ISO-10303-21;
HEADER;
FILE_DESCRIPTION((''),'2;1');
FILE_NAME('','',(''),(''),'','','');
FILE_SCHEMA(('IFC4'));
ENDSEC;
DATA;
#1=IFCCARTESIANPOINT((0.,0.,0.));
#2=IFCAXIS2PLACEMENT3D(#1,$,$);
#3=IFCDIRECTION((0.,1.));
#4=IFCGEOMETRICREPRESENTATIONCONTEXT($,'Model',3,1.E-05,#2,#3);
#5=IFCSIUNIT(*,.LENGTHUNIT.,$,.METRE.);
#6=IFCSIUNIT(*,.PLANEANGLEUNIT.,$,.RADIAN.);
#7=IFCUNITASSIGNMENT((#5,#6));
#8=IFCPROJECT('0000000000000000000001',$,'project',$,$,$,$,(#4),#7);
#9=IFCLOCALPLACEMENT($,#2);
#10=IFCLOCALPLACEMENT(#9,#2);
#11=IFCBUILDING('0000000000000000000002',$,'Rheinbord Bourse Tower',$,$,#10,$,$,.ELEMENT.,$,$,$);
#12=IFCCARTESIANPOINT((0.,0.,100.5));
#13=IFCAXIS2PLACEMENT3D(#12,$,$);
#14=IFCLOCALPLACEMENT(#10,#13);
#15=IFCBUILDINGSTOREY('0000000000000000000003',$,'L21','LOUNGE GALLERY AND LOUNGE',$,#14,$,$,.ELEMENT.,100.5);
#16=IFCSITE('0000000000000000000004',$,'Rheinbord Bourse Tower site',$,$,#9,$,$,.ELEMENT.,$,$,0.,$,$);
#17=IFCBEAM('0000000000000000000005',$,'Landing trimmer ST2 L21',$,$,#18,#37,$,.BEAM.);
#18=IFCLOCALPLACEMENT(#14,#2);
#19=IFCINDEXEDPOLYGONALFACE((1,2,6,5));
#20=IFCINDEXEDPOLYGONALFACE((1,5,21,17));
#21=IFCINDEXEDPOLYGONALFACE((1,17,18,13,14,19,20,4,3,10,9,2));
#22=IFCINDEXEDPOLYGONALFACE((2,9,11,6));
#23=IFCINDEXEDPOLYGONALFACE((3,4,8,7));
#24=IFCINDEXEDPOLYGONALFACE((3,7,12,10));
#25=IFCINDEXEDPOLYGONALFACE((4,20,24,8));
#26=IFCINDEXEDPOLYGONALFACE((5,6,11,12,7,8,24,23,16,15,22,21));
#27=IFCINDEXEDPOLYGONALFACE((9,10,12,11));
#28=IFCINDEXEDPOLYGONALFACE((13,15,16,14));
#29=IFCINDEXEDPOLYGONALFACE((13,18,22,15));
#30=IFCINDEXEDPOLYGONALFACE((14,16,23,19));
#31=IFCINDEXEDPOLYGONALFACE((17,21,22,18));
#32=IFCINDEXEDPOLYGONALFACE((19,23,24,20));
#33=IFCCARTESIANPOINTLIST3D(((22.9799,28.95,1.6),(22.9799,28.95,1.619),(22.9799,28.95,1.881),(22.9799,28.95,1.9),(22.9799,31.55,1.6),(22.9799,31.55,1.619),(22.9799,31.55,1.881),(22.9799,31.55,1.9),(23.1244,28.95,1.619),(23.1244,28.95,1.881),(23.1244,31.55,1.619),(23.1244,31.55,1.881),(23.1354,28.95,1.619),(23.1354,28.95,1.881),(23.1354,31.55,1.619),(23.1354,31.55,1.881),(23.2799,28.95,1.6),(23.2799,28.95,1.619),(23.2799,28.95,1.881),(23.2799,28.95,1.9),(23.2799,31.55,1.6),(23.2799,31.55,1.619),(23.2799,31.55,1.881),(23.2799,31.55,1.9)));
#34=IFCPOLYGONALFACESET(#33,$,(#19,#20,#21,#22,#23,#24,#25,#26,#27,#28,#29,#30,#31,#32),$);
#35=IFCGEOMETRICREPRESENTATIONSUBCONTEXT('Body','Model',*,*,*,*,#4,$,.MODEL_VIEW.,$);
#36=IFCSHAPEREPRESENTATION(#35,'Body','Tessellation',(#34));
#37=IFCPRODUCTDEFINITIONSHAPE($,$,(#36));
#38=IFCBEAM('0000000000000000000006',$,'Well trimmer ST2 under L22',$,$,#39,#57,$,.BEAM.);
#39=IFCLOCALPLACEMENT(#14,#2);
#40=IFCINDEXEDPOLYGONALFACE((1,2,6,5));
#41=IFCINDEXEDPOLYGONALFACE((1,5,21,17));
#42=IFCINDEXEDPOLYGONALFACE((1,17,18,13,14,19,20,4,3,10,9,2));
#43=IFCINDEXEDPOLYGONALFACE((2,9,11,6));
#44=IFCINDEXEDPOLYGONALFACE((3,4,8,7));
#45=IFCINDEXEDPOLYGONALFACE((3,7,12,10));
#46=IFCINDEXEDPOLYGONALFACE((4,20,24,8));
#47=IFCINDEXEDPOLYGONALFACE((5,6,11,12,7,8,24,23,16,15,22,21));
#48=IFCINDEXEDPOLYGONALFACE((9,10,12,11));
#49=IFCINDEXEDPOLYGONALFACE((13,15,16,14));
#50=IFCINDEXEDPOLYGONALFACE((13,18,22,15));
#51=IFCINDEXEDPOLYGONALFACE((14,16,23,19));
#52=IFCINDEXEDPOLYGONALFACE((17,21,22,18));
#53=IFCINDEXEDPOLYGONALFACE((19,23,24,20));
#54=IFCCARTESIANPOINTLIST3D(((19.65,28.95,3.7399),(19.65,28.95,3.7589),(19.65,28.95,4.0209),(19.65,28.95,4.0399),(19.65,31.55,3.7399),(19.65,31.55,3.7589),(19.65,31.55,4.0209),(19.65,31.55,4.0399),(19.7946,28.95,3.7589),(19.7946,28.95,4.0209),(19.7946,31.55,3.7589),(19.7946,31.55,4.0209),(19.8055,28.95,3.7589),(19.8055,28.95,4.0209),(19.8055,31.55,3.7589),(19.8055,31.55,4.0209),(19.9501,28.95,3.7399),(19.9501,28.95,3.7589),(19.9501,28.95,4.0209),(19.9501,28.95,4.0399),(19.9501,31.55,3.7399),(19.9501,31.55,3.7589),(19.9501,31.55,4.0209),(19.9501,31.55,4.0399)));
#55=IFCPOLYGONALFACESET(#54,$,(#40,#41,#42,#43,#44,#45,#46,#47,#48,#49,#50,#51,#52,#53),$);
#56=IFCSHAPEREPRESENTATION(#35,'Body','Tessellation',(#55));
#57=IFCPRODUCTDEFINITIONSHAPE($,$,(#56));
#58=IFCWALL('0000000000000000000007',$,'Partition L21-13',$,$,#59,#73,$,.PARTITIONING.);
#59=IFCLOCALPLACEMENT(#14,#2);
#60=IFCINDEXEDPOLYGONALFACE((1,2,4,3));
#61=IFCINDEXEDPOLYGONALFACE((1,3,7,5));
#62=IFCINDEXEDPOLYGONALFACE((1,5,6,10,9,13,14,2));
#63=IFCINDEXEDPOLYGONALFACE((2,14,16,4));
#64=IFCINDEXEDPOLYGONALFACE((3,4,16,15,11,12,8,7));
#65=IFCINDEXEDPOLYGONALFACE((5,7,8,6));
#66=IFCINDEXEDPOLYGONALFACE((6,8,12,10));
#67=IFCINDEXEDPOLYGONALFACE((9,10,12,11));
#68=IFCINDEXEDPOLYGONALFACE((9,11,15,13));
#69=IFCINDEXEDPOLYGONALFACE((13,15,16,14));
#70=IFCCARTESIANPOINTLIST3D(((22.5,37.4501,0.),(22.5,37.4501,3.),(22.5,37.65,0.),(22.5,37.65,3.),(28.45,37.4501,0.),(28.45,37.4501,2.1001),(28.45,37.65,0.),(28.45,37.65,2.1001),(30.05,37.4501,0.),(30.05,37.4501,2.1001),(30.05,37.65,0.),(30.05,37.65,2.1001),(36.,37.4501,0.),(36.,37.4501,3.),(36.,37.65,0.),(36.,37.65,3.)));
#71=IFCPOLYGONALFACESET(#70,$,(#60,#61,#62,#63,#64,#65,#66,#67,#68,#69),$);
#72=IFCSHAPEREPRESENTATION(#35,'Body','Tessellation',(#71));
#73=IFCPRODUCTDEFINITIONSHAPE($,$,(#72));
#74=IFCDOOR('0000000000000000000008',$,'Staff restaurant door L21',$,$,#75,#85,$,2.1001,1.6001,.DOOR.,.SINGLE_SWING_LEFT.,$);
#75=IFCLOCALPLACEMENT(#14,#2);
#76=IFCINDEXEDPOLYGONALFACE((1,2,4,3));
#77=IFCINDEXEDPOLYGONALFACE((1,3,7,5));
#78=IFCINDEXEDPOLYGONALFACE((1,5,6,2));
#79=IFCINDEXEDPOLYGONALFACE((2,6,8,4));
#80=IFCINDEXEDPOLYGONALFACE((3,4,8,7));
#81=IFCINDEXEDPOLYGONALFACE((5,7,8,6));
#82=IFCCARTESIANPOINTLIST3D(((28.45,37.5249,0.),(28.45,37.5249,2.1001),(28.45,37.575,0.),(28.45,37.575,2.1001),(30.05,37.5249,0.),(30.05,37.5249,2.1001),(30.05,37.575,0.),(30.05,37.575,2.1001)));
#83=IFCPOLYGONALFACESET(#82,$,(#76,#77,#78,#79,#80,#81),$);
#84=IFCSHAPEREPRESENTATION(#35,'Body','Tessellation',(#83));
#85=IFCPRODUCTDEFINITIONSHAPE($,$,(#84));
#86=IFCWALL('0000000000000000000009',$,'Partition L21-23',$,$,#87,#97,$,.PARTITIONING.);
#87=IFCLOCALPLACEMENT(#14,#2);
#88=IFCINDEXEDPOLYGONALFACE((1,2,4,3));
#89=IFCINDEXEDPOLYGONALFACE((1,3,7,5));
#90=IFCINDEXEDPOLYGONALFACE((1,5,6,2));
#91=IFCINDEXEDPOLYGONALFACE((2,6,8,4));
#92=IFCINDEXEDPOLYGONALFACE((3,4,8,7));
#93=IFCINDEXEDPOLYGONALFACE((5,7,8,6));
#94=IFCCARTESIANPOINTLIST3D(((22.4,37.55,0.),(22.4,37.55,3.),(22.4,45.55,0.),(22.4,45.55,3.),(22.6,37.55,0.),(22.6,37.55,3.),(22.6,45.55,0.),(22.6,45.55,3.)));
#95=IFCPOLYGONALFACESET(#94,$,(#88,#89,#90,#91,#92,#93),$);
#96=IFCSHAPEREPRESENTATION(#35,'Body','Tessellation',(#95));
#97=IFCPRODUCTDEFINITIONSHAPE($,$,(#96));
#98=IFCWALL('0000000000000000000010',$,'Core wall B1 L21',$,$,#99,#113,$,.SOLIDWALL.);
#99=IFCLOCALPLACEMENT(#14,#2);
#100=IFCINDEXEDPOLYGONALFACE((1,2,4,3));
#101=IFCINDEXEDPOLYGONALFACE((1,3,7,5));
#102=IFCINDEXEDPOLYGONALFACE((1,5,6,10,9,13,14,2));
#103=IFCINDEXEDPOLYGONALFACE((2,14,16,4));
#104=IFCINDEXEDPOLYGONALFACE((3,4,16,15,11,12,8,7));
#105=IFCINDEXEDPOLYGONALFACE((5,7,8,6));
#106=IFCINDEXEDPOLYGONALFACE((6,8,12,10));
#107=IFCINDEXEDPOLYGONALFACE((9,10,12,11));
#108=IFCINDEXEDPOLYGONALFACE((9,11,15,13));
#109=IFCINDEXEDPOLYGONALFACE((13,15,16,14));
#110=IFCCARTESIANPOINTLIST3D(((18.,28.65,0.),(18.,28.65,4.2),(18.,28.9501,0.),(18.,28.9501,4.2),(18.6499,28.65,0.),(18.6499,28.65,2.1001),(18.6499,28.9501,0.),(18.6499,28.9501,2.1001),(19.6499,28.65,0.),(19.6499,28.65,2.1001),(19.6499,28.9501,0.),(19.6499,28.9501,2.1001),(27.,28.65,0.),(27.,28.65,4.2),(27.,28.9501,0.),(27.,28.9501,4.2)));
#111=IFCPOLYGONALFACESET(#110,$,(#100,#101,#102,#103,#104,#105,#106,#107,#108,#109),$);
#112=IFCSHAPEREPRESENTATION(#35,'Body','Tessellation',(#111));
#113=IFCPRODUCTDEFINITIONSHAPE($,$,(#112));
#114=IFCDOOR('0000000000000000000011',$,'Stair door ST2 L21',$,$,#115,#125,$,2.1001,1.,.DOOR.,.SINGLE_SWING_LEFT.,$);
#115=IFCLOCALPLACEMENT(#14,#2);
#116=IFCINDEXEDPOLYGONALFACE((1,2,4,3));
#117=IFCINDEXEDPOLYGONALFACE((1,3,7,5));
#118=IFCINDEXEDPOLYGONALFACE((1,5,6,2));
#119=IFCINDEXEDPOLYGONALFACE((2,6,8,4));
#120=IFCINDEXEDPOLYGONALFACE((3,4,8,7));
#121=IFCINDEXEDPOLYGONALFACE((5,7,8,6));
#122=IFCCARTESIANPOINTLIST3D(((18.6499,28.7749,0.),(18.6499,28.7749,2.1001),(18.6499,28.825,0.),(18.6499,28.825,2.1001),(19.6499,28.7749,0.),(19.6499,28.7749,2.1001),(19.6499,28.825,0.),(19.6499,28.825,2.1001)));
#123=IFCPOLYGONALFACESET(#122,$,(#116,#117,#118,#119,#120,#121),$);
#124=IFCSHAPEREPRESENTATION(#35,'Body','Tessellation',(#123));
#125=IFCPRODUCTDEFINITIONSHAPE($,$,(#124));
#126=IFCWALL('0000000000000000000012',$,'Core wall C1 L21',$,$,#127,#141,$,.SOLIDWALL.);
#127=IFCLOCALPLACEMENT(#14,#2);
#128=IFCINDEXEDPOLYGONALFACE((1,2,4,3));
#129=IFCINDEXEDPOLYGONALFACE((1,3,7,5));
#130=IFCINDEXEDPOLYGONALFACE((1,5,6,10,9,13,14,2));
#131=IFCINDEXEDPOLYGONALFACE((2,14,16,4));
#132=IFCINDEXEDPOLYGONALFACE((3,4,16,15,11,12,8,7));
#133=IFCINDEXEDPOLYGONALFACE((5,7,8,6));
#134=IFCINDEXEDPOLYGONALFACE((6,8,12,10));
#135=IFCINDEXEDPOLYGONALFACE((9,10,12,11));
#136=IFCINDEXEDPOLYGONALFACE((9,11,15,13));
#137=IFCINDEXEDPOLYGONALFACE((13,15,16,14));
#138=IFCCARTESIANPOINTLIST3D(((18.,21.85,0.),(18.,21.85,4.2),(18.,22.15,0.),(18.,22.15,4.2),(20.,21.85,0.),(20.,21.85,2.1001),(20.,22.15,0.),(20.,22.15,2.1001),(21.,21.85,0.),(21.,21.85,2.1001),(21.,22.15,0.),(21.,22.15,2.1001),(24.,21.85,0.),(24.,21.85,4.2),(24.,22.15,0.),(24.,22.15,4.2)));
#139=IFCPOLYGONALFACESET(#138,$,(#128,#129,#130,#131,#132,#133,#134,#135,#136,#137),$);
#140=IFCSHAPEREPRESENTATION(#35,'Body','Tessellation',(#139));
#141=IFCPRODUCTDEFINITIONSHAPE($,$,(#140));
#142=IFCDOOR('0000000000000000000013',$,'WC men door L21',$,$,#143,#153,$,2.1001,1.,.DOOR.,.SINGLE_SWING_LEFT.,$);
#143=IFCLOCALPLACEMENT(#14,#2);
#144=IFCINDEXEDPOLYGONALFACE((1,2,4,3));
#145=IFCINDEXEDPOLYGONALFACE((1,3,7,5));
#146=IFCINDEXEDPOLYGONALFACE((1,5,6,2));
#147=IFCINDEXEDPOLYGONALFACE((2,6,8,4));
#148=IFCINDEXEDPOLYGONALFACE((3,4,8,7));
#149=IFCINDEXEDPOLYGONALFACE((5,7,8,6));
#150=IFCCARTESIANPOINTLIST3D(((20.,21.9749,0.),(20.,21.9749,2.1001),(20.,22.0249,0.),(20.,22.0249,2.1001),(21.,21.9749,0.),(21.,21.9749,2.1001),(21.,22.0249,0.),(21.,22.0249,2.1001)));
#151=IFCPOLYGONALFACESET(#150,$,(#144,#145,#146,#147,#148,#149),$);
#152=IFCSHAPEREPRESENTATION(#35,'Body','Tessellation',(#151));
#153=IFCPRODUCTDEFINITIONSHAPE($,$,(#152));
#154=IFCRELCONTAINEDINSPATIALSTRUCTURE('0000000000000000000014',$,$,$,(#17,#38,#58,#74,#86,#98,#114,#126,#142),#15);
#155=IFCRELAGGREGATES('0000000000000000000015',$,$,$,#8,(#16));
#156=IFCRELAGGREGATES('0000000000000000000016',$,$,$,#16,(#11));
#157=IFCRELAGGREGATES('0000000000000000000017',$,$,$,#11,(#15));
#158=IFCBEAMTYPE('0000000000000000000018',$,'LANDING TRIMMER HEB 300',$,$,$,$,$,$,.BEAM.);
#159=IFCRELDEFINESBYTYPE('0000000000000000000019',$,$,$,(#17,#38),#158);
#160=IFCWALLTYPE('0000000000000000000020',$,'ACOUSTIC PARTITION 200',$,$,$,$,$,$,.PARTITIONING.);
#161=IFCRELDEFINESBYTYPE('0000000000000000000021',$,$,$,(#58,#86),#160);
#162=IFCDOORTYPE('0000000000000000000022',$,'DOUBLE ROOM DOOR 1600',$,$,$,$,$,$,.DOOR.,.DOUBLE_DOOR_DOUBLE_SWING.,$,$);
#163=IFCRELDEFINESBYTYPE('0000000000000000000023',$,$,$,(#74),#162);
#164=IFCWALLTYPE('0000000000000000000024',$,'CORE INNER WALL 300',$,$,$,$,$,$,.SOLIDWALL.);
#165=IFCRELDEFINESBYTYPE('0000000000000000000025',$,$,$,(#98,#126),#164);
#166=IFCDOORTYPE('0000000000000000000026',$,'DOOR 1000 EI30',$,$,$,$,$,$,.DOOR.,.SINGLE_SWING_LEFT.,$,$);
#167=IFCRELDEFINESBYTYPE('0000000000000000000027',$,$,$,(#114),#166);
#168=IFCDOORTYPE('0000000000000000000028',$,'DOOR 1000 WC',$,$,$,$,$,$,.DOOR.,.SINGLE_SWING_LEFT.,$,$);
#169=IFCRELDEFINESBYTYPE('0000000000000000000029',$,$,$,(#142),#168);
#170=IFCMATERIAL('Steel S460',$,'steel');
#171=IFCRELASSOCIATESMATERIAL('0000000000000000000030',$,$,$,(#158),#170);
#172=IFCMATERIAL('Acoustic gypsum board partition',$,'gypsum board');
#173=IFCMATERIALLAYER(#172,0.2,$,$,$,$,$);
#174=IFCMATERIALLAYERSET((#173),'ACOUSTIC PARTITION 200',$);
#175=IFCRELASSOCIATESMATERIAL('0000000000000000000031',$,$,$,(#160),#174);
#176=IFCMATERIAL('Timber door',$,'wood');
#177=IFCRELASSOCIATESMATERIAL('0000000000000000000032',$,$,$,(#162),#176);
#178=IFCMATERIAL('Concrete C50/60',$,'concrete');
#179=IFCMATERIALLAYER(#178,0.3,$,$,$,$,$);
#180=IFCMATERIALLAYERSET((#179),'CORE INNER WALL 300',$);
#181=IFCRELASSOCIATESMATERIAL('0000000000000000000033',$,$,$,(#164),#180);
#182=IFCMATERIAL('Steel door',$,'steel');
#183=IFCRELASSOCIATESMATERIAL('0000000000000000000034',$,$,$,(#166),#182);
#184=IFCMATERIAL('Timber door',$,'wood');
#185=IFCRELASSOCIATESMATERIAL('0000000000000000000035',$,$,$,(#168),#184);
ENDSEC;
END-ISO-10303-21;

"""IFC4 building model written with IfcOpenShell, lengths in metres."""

from ifc_helpers import new_model, si_unit, direction, frame, frame_2d, origin, origin_2d, place, context, subcontext, project, spatial, rectangle, i_section, extrude, material, layer, layer_set, material_profile, profile_set, type_object, element, fill, save


model = new_model("IFC4")

# Units and contexts
model_context = context("Model", 3, precision=1e-05, world=origin(), true_north=direction((0.0, 1.0)))
body_context = subcontext(model_context, "Body", "Model", "MODEL_VIEW")
ifc_project = project(units=[si_unit("LENGTHUNIT", "METRE"), si_unit("PLANEANGLEUNIT", "RADIAN")], contexts=[model_context])

# Site, building, storey
site_placement = place(None, origin())
site = spatial("IfcSite", under=ifc_project, at=site_placement, Name="Rheinbord Bourse Tower site", CompositionType="ELEMENT", RefElevation=0.0)
building_placement = place(site_placement, origin())
building = spatial("IfcBuilding", under=site, at=building_placement, Name="Rheinbord Bourse Tower", CompositionType="ELEMENT")
storey_placement = place(building_placement, frame((0.0, 0.0, 100.5)))
storey = spatial("IfcBuildingStorey", under=building, at=storey_placement, Name="L21", Description="LOUNGE GALLERY AND LOUNGE", CompositionType="ELEMENT", Elevation=100.5)

# Beams
ifc_material_1 = material(Name="Steel S460", Category="steel")
ifc_material_profile = material_profile(ifc_material_1, i_section(OverallWidth=0.3, OverallDepth=0.3, WebThickness=0.011, FlangeThickness=0.019, at=origin_2d()), Name="HEB 300")
ifc_profile_set = profile_set([ifc_material_profile], Name="Steel S460")
beam_type = type_object("IfcBeamType", Name="LANDING TRIMMER HEB 300", PredefinedType="BEAM", material=ifc_profile_set)
for number, where, z_axis, x_axis, name in (
    (1, (23.1299, 28.95, 1.75), (0.0, 1.0, 0.0), (-1.0, 0.0, 0.0), "Landing trimmer ST2 L21"),
    (2, (19.8, 28.95, 3.8899), (0.0, 1.0, 0.0), (-1.0, 0.0, 0.0), "Well trimmer ST2 under L22"),
):
    element("IfcBeam", number, at=place(storey_placement, frame(where, z_axis=z_axis, x_axis=x_axis)), inside=storey, type_object=beam_type, Name=name, PredefinedType="BEAM", context=body_context, shape_type="SweptSolid", body=[
        extrude(i_section(OverallWidth=0.3, OverallDepth=0.3, WebThickness=0.011, FlangeThickness=0.019, at=origin_2d()), origin(), (0.0, 0.0, 1.0), 2.6001),
    ])

# Wall, opening, door
ifc_material_2 = material(Name="Acoustic gypsum board partition", Category="gypsum board")
ifc_layer_1 = layer(ifc_material_2, 0.2)
ifc_layer_set_1 = layer_set([ifc_layer_1], Name="ACOUSTIC PARTITION 200")
wall_type_1 = type_object("IfcWallType", Name="ACOUSTIC PARTITION 200", PredefinedType="PARTITIONING", material=ifc_layer_set_1)
wall_1_placement = place(storey_placement, frame((22.5, 37.55, 0.0), z_axis=(0.0, 0.0, 1.0), x_axis=(1.0, 0.0, 0.0)))
wall_1 = element("IfcWall", 3, at=wall_1_placement, inside=storey, type_object=wall_type_1, Name="Partition L21-13", PredefinedType="PARTITIONING", context=body_context, shape_type="SweptSolid", body=[
    extrude(rectangle(XDim=13.5, YDim=0.2, at=frame_2d((6.75, 0.0))), origin(), (0.0, 0.0, 1.0), 3.0),
])
opening_1_placement = place(wall_1_placement, frame((5.95, 0.0, 0.0)))
opening_1 = element("IfcOpeningElement", 4, at=opening_1_placement, cuts=wall_1, PredefinedType="OPENING", context=body_context, shape_type="SweptSolid", body=[
    extrude(rectangle(XDim=1.6001, YDim=2.1001, at=frame_2d((0.8, 1.05))), frame((0.0, 0.1099, 0.0), z_axis=(0.0, -1.0, 0.0), x_axis=(1.0, 0.0, 0.0)), (0.0, 0.0, 1.0), 0.22),
])
ifc_material_3 = material(Name="Timber door", Category="wood")
door_type_1 = type_object("IfcDoorType", Name="DOUBLE ROOM DOOR 1600", OperationType="DOUBLE_DOOR_DOUBLE_SWING", PredefinedType="DOOR", material=ifc_material_3)
door_1_placement = place(opening_1_placement, origin())
door_1 = element("IfcDoor", 5, at=door_1_placement, inside=storey, type_object=door_type_1, Name="Staff restaurant door L21", OperationType="SINGLE_SWING_LEFT", OverallHeight=2.1001, OverallWidth=1.6001, PredefinedType="DOOR", context=body_context, shape_type="SweptSolid", body=[
    extrude(rectangle(XDim=1.6001, YDim=2.1001, at=frame_2d((0.8, 1.05))), frame((0.0, 0.0249, 0.0), z_axis=(0.0, -1.0, 0.0), x_axis=(1.0, 0.0, 0.0)), (0.0, 0.0, 1.0), 0.05),
])
fill(opening_1, door_1)

# Wall
wall_2_placement = place(storey_placement, frame((22.5, 37.55, 0.0), z_axis=(0.0, 0.0, 1.0), x_axis=(0.0, 1.0, 0.0)))
element("IfcWall", 6, at=wall_2_placement, inside=storey, type_object=wall_type_1, Name="Partition L21-23", PredefinedType="PARTITIONING", context=body_context, shape_type="SweptSolid", body=[
    extrude(rectangle(XDim=8.0, YDim=0.2, at=frame_2d((4.0, 0.0))), origin(), (0.0, 0.0, 1.0), 3.0),
])

# Walls, openings, doors
ifc_material_4 = material(Name="Concrete C50/60", Category="concrete")
ifc_layer_2 = layer(ifc_material_4, 0.3)
ifc_layer_set_2 = layer_set([ifc_layer_2], Name="CORE INNER WALL 300")
wall_type_2 = type_object("IfcWallType", Name="CORE INNER WALL 300", PredefinedType="SOLIDWALL", material=ifc_layer_set_2)
wall_3_placement = place(storey_placement, frame((18.0, 28.8, 0.0), z_axis=(0.0, 0.0, 1.0), x_axis=(1.0, 0.0, 0.0)))
wall_3 = element("IfcWall", 7, at=wall_3_placement, inside=storey, type_object=wall_type_2, Name="Core wall B1 L21", PredefinedType="SOLIDWALL", context=body_context, shape_type="SweptSolid", body=[
    extrude(rectangle(XDim=9.0, YDim=0.3, at=frame_2d((4.5, 0.0))), origin(), (0.0, 0.0, 1.0), 4.2),
])
opening_2_placement = place(wall_3_placement, frame((0.6499, 0.0, 0.0)))
opening_2 = element("IfcOpeningElement", 8, at=opening_2_placement, cuts=wall_3, PredefinedType="OPENING", context=body_context, shape_type="SweptSolid", body=[
    extrude(rectangle(XDim=1.0, YDim=2.1001, at=frame_2d((0.5, 1.05))), frame((0.0, 0.1599, 0.0), z_axis=(0.0, -1.0, 0.0), x_axis=(1.0, 0.0, 0.0)), (0.0, 0.0, 1.0), 0.3201),
])
ifc_material_5 = material(Name="Steel door", Category="steel")
door_type_2 = type_object("IfcDoorType", Name="DOOR 1000 EI30", OperationType="SINGLE_SWING_LEFT", PredefinedType="DOOR", material=ifc_material_5)
door_2_placement = place(opening_2_placement, origin())
door_2 = element("IfcDoor", 9, at=door_2_placement, inside=storey, type_object=door_type_2, Name="Stair door ST2 L21", OperationType="SINGLE_SWING_LEFT", OverallHeight=2.1001, OverallWidth=1.0, PredefinedType="DOOR", context=body_context, shape_type="SweptSolid", body=[
    extrude(rectangle(XDim=1.0, YDim=2.1001, at=frame_2d((0.5, 1.05))), frame((0.0, 0.0249, 0.0), z_axis=(0.0, -1.0, 0.0), x_axis=(1.0, 0.0, 0.0)), (0.0, 0.0, 1.0), 0.05),
])
fill(opening_2, door_2)
wall_4_placement = place(storey_placement, frame((18.0, 22.0, 0.0), z_axis=(0.0, 0.0, 1.0), x_axis=(1.0, 0.0, 0.0)))
wall_4 = element("IfcWall", 10, at=wall_4_placement, inside=storey, type_object=wall_type_2, Name="Core wall C1 L21", PredefinedType="SOLIDWALL", context=body_context, shape_type="SweptSolid", body=[
    extrude(rectangle(XDim=6.0, YDim=0.3, at=frame_2d((3.0, 0.0))), origin(), (0.0, 0.0, 1.0), 4.2),
])
opening_3_placement = place(wall_4_placement, frame((2.0, 0.0, 0.0)))
opening_3 = element("IfcOpeningElement", 11, at=opening_3_placement, cuts=wall_4, PredefinedType="OPENING", context=body_context, shape_type="SweptSolid", body=[
    extrude(rectangle(XDim=1.0, YDim=2.1001, at=frame_2d((0.5, 1.05))), frame((0.0, 0.1599, 0.0), z_axis=(0.0, -1.0, 0.0), x_axis=(1.0, 0.0, 0.0)), (0.0, 0.0, 1.0), 0.3201),
])
ifc_material_6 = material(Name="Timber door", Category="wood")
door_type_3 = type_object("IfcDoorType", Name="DOOR 1000 WC", OperationType="SINGLE_SWING_LEFT", PredefinedType="DOOR", material=ifc_material_6)
door_3_placement = place(opening_3_placement, origin())
door_3 = element("IfcDoor", 12, at=door_3_placement, inside=storey, type_object=door_type_3, Name="WC men door L21", OperationType="SINGLE_SWING_LEFT", OverallHeight=2.1001, OverallWidth=1.0, PredefinedType="DOOR", context=body_context, shape_type="SweptSolid", body=[
    extrude(rectangle(XDim=1.0, YDim=2.1001, at=frame_2d((0.5, 1.05))), frame((0.0, 0.0249, 0.0), z_axis=(0.0, -1.0, 0.0), x_axis=(1.0, 0.0, 0.0)), (0.0, 0.0, 1.0), 0.05),
])
fill(opening_3, door_3)

save(model, "model.ifc")
